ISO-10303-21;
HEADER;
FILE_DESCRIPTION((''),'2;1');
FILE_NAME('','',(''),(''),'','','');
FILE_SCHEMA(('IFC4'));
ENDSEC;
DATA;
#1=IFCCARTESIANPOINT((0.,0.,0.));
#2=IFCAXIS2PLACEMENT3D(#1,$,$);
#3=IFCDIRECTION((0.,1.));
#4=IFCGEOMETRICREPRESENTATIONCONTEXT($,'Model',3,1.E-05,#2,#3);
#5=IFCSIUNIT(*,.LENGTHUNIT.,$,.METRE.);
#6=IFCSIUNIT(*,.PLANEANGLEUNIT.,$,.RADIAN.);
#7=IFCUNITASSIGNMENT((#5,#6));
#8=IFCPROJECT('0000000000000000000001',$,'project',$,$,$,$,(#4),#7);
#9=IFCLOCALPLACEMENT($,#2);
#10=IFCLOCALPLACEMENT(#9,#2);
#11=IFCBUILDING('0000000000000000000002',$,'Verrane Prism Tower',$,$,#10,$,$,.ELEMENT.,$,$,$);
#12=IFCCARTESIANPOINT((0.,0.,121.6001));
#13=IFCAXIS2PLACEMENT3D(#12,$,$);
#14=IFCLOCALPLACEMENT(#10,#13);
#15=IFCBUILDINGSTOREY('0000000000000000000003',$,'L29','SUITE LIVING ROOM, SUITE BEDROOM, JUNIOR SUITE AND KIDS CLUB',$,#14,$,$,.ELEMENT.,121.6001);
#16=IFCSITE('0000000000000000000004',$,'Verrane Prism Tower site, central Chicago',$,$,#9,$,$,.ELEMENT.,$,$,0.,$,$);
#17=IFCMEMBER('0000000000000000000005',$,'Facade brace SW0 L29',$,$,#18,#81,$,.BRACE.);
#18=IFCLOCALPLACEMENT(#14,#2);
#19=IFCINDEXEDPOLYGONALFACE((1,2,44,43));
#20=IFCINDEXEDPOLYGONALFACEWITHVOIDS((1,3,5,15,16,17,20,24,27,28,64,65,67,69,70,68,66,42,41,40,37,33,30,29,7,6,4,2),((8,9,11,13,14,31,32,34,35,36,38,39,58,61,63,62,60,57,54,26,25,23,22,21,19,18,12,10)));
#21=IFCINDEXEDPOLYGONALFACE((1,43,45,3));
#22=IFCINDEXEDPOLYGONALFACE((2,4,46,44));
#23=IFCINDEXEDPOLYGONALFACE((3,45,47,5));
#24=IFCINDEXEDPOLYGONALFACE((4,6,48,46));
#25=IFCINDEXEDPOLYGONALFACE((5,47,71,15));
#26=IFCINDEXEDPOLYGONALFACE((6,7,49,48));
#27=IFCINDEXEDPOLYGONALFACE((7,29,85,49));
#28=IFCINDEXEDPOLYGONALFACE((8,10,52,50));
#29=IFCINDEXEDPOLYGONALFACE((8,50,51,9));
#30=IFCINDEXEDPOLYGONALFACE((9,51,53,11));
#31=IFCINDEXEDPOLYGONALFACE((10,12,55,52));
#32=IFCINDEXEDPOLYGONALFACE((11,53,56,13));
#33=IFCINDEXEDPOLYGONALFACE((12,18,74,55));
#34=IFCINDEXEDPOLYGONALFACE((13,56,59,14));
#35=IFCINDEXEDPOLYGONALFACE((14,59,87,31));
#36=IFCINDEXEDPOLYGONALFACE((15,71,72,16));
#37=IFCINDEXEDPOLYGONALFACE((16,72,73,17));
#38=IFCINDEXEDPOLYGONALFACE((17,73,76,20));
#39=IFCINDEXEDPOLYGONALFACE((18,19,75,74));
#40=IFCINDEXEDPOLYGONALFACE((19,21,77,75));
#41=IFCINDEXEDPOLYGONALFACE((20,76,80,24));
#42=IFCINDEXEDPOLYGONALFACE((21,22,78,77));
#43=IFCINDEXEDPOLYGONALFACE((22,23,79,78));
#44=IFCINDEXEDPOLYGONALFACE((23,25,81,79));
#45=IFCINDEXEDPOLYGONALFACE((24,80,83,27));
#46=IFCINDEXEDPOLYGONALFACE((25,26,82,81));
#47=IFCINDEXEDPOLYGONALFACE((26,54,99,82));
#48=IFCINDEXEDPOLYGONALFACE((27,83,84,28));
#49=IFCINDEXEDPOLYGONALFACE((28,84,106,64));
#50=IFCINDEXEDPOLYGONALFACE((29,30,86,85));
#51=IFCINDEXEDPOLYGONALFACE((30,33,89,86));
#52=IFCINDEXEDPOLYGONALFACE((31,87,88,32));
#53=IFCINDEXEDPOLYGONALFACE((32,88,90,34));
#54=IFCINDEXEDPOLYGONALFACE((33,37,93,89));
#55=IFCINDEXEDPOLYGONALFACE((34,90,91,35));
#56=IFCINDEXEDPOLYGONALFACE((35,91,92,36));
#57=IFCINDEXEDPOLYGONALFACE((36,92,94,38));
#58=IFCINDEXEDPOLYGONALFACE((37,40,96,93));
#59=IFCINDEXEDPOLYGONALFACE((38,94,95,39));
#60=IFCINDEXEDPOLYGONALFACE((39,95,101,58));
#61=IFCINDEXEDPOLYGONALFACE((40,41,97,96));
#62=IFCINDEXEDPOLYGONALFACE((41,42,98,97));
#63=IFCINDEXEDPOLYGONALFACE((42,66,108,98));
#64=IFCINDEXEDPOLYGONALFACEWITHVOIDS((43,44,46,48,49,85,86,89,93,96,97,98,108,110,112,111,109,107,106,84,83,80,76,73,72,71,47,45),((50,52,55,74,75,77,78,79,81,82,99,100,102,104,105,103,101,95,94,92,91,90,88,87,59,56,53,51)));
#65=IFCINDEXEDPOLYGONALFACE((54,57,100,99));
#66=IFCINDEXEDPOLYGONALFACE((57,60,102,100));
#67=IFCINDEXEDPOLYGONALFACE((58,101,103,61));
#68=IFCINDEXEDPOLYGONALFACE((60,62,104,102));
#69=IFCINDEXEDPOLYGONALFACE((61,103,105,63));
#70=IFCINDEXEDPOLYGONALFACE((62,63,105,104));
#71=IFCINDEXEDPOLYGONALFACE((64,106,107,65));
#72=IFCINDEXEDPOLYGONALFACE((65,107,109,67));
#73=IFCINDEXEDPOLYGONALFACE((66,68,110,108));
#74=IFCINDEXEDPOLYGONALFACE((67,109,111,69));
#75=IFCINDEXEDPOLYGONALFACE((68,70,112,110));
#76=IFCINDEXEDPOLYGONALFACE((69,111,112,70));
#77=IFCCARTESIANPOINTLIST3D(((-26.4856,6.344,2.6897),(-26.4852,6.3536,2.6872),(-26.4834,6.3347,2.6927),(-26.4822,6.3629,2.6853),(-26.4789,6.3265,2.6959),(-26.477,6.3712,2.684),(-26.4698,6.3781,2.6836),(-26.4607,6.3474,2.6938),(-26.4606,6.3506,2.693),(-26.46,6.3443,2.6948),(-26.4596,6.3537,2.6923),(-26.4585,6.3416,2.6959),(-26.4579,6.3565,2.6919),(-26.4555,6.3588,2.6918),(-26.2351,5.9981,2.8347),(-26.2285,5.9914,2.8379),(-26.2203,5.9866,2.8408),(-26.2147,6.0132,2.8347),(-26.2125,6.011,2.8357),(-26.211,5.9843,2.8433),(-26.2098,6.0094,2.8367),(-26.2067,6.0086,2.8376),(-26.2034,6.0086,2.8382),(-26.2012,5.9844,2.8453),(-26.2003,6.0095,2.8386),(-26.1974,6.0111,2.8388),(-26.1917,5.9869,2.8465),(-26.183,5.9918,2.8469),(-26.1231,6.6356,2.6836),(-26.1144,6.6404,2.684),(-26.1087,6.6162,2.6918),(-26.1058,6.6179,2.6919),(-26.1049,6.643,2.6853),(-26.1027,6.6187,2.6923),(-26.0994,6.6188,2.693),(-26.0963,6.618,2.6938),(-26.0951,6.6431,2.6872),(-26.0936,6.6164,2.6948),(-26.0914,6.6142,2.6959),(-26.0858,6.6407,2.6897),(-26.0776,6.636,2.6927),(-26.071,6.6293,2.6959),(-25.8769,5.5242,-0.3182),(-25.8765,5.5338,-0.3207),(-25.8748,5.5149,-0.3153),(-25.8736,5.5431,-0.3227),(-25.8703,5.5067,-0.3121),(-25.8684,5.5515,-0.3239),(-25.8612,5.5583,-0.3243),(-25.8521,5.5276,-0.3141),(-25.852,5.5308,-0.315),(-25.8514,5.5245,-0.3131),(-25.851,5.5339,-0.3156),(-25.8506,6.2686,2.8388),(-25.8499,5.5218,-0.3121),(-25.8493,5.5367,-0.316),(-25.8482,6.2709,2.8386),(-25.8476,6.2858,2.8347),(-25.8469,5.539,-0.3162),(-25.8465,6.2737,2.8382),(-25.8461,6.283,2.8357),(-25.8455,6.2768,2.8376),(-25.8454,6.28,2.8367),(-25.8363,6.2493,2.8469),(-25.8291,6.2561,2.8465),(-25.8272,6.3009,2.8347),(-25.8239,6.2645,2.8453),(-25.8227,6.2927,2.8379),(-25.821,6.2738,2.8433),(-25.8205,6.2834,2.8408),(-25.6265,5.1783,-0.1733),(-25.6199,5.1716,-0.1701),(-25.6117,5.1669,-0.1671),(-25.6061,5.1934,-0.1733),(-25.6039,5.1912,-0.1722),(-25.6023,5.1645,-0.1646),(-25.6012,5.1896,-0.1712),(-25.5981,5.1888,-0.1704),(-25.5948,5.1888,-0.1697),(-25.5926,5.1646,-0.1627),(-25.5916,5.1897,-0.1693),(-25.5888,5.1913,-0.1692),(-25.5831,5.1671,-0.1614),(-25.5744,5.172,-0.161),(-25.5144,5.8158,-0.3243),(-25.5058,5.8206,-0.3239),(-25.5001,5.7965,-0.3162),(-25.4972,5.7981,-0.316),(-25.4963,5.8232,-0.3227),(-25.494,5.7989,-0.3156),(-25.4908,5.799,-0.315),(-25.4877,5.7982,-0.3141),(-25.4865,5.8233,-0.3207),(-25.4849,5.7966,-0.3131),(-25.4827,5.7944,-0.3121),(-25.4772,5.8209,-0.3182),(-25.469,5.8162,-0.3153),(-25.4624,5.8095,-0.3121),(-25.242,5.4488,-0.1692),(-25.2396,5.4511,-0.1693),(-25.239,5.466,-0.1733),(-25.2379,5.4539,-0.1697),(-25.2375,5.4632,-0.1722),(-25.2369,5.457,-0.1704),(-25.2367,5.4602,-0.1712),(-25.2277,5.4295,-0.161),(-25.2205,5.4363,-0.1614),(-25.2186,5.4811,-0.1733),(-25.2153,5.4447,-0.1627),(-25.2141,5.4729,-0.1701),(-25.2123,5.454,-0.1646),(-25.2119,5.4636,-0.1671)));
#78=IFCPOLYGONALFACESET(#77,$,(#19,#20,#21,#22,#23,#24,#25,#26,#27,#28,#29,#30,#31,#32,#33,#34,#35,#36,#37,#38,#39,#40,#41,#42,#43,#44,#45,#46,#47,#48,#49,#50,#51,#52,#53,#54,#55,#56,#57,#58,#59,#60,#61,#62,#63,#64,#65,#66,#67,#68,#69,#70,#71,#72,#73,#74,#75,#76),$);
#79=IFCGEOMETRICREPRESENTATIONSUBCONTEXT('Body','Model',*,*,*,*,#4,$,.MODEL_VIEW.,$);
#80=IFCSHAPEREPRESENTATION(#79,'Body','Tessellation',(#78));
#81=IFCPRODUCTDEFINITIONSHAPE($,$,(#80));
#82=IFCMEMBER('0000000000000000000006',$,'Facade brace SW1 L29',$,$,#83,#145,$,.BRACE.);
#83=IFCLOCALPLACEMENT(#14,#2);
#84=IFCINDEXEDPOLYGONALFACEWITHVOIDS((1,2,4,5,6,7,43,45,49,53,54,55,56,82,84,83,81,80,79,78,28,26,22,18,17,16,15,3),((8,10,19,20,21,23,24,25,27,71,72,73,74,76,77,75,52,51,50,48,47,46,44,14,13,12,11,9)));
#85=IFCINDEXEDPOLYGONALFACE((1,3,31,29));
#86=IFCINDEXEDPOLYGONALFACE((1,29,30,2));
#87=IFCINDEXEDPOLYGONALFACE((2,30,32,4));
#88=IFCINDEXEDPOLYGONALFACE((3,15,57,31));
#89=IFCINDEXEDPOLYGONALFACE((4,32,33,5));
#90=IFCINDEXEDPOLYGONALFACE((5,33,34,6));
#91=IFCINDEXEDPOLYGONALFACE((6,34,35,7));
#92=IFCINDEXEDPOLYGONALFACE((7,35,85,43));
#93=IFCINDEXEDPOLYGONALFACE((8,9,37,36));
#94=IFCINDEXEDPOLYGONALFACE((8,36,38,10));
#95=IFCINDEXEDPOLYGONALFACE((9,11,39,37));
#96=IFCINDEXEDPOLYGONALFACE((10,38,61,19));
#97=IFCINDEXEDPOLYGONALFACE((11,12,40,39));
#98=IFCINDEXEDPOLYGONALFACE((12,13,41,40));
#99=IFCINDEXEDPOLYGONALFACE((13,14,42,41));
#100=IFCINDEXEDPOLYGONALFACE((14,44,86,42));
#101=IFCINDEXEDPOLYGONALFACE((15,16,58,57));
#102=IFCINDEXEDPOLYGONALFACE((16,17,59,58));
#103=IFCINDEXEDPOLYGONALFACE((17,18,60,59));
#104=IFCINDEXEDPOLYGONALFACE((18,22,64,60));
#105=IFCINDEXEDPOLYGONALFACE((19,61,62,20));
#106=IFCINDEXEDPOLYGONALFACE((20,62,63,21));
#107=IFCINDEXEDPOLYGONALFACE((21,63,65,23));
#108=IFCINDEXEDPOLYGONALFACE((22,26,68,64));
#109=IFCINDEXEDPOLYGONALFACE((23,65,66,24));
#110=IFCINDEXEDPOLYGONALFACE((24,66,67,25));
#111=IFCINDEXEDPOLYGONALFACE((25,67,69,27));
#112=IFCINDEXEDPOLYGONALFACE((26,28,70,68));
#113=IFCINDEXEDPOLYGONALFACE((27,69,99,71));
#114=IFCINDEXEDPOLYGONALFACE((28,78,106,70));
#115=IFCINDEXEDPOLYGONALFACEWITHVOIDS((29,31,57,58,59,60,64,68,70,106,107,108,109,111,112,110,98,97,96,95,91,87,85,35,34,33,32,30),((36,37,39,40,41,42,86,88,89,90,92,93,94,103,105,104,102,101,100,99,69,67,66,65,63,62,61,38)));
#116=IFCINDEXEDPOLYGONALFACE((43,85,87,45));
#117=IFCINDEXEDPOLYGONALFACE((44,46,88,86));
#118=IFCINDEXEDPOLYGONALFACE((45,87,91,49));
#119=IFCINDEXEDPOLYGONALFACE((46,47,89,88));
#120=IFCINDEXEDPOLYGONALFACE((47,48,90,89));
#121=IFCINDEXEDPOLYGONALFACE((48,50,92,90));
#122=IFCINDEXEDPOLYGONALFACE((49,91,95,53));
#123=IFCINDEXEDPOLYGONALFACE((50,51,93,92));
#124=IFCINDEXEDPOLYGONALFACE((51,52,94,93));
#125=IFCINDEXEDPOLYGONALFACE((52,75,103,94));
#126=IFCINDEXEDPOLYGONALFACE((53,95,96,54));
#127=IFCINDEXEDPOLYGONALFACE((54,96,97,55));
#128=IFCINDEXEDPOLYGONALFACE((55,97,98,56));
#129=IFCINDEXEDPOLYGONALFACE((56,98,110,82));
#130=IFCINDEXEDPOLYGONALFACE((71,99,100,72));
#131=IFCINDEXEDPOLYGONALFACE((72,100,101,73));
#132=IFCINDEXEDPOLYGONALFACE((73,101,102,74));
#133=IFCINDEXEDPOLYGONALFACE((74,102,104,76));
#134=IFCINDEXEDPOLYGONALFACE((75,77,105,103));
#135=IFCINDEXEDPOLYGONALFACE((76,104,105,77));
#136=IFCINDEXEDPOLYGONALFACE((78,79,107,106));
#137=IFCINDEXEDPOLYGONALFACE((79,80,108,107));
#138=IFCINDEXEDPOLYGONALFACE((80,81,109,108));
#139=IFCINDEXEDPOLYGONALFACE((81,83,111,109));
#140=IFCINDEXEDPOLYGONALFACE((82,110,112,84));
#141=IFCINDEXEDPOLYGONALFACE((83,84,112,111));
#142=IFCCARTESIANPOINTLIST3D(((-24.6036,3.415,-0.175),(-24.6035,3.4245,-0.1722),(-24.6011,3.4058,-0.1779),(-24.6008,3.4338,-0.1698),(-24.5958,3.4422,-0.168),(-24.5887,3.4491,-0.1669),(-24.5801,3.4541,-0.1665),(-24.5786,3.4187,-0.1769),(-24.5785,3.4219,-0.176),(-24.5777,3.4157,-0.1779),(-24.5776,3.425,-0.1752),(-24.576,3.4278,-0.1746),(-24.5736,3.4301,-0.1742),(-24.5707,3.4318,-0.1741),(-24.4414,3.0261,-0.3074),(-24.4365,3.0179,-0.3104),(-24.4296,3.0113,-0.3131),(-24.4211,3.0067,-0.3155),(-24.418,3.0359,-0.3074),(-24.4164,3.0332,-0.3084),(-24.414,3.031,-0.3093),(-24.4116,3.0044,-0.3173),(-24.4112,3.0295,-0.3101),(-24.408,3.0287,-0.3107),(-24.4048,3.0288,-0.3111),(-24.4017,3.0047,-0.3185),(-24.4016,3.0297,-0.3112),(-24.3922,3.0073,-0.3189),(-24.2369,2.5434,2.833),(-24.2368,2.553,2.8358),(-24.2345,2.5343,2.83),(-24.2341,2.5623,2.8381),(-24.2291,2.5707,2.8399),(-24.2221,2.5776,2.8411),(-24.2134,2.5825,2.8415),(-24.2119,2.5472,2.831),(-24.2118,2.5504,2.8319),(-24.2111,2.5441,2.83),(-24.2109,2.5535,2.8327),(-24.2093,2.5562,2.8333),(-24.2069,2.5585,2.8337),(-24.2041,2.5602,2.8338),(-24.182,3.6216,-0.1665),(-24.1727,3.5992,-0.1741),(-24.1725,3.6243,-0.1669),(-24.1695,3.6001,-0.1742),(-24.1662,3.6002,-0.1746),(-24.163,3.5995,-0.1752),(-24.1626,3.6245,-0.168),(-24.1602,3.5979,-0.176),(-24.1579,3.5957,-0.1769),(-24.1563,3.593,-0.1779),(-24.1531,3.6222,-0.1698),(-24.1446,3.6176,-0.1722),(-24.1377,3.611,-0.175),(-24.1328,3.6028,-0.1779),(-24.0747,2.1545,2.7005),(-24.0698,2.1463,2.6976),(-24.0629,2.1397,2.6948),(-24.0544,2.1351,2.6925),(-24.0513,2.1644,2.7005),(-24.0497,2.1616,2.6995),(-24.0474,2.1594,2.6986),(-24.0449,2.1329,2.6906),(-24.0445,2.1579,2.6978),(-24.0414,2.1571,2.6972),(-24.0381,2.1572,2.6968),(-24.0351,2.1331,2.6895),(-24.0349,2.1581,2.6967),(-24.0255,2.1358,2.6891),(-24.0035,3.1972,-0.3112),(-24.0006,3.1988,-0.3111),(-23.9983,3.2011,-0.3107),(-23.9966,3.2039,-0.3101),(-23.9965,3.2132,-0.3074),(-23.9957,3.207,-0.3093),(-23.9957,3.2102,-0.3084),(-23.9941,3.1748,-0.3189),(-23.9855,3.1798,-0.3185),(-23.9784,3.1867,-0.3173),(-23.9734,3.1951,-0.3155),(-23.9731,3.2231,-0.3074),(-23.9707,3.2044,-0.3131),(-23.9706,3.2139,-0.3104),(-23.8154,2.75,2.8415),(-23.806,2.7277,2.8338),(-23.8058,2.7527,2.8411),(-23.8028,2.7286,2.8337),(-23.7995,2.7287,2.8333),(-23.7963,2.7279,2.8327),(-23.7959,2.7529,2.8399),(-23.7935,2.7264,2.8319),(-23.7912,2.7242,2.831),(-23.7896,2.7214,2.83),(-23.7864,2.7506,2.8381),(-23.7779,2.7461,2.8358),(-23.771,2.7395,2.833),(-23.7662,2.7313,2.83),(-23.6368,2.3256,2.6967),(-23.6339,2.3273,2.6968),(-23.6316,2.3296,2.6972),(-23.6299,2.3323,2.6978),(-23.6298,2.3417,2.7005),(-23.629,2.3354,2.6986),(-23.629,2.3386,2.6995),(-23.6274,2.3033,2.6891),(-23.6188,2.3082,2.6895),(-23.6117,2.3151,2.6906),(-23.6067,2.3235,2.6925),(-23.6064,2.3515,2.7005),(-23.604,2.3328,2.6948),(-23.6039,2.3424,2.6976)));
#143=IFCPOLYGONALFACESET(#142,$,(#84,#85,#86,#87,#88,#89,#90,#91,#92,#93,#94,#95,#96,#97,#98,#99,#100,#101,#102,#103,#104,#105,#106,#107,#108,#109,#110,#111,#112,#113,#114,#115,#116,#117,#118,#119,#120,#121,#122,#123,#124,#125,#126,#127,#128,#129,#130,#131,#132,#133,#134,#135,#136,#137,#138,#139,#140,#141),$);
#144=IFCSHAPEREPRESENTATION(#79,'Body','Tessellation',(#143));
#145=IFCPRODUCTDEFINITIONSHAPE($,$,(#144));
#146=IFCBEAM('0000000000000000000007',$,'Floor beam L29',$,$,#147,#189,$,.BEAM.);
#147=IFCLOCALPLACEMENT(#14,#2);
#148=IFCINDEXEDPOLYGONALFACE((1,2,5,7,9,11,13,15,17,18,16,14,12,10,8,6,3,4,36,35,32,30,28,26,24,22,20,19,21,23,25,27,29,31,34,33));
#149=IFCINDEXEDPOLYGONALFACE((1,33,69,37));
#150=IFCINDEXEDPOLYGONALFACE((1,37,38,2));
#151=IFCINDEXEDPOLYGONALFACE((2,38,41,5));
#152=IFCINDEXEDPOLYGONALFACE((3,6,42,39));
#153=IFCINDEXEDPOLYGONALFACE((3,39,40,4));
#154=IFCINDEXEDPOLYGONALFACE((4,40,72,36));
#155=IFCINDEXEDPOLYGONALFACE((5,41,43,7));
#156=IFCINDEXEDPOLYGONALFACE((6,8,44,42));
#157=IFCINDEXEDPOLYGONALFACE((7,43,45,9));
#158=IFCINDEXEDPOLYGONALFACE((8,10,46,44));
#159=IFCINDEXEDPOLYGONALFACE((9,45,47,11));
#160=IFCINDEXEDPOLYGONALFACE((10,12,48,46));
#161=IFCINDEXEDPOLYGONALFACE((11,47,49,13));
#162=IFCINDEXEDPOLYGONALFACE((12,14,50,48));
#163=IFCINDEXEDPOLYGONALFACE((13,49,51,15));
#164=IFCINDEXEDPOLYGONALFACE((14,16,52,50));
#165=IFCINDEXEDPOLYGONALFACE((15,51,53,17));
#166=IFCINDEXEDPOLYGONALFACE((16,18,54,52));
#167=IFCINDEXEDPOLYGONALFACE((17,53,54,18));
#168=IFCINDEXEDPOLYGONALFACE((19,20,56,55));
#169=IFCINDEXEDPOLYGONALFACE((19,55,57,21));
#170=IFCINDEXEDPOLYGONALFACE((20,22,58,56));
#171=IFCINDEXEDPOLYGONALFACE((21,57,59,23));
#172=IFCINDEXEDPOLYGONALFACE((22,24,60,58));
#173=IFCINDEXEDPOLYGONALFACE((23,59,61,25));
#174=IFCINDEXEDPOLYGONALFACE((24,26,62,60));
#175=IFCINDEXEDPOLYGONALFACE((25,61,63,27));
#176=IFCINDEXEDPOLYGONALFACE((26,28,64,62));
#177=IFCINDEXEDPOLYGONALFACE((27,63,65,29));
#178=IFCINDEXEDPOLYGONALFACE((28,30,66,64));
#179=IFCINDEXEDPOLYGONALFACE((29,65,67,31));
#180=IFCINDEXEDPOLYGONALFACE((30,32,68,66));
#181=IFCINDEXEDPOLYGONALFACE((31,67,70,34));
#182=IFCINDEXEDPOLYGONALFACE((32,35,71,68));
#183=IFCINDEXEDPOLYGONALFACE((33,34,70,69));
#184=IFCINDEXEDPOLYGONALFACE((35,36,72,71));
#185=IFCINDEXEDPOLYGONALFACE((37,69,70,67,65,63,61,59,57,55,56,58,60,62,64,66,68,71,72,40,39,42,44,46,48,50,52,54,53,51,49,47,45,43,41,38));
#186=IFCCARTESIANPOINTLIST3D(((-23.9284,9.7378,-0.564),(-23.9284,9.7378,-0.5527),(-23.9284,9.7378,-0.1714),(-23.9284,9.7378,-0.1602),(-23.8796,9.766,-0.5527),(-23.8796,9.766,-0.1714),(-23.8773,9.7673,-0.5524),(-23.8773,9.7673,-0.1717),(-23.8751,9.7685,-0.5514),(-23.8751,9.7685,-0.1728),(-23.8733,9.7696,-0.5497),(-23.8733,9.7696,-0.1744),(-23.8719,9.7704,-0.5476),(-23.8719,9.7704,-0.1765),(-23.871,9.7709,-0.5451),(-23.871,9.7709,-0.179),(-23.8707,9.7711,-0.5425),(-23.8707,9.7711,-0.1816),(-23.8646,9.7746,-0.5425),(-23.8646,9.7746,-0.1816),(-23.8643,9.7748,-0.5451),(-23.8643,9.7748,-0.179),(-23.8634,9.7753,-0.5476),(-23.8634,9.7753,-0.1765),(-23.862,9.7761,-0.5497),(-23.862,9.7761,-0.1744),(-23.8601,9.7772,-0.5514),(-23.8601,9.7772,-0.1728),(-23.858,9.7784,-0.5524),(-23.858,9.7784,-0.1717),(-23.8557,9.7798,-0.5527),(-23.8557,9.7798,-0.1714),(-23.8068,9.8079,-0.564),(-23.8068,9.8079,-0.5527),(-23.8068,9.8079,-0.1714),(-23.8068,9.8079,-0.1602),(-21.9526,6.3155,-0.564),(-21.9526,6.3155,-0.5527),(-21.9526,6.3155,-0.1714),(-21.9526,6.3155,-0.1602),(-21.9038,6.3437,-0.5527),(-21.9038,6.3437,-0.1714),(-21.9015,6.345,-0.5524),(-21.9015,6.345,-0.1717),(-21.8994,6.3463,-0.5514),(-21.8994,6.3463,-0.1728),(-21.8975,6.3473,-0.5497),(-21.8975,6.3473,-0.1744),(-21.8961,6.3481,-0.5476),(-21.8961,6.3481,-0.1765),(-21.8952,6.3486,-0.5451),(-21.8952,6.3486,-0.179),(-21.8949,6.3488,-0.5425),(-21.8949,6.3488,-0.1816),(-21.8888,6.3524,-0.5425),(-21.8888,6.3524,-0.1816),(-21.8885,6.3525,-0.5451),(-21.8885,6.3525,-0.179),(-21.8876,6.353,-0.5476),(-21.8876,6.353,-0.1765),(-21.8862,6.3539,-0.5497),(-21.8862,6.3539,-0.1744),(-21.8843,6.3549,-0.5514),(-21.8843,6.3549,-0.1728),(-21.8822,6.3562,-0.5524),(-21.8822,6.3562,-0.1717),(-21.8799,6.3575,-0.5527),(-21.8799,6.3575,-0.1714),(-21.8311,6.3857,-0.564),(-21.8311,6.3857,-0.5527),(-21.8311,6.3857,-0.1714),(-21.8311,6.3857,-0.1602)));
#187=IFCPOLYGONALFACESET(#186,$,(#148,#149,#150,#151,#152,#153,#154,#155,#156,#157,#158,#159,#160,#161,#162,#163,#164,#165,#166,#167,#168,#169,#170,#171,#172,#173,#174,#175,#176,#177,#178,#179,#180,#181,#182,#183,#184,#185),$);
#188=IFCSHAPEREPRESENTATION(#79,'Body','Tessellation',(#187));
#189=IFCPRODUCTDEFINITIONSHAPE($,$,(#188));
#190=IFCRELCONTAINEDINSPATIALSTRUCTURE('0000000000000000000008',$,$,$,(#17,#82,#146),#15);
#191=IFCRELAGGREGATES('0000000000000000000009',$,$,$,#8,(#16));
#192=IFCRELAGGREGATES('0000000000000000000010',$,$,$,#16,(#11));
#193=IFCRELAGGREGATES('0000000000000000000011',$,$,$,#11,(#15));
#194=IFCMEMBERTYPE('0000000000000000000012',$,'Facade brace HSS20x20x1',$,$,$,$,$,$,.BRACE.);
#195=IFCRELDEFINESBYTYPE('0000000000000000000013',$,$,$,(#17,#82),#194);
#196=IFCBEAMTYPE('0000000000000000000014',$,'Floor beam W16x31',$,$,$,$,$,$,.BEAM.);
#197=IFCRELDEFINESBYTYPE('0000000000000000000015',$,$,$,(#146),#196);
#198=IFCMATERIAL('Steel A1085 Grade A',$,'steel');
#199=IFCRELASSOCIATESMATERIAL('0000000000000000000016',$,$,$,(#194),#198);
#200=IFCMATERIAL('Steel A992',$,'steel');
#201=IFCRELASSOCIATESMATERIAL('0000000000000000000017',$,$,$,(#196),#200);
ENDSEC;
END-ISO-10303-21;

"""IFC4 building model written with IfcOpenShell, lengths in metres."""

from ifc_helpers import new_model, si_unit, direction, frame, origin, origin_2d, place, context, subcontext, project, spatial, hollow_rectangle, i_section, extrude, material, material_profile, profile_set, type_object, element, save


model = new_model("IFC4")

# Units and contexts
model_context = context("Model", 3, precision=1e-05, world=origin(), true_north=direction((0.0, 1.0)))
body_context = subcontext(model_context, "Body", "Model", "MODEL_VIEW")
ifc_project = project(units=[si_unit("LENGTHUNIT", "METRE"), si_unit("PLANEANGLEUNIT", "RADIAN")], contexts=[model_context])

# Site, building, storey
site_placement = place(None, origin())
site = spatial("IfcSite", under=ifc_project, at=site_placement, Name="Verrane Prism Tower site, central Chicago", CompositionType="ELEMENT", RefElevation=0.0)
building_placement = place(site_placement, origin())
building = spatial("IfcBuilding", under=site, at=building_placement, Name="Verrane Prism Tower", CompositionType="ELEMENT")
storey_placement = place(building_placement, frame((0.0, 0.0, 121.6001)))
storey = spatial("IfcBuildingStorey", under=building, at=storey_placement, Name="L29", Description="SUITE LIVING ROOM, SUITE BEDROOM, JUNIOR SUITE AND KIDS CLUB", CompositionType="ELEMENT", Elevation=121.6001)

# Members
ifc_material_1 = material(Name="Steel A1085 Grade A", Category="steel")
ifc_material_profile_1 = material_profile(ifc_material_1, hollow_rectangle(XDim=0.5081, YDim=0.5081, WallThickness=0.0254, InnerFilletRadius=0.0127, OuterFilletRadius=0.0381, at=origin_2d()), Name="HSS20x20x1")
ifc_profile_set_1 = profile_set([ifc_material_profile_1], Name="Steel A1085 Grade A")
member_type_1 = type_object("IfcMemberType", Name="Facade brace HSS20x20x1", PredefinedType="BRACE", material=ifc_profile_set_1)
member_1_placement = place(storey_placement, frame((-25.5444, 5.4939, -0.2427), z_axis=(-0.1916, 0.25808, 0.946934), x_axis=(-0.802917, -0.596091, 0.0)))
element("IfcMember", 1, at=member_1_placement, inside=storey, type_object=member_type_1, Name="Facade brace SW0 L29", PredefinedType="BRACE", context=body_context, shape_type="SweptSolid", body=[
    extrude(hollow_rectangle(XDim=0.5081, YDim=0.5081, WallThickness=0.0254, InnerFilletRadius=0.0127, OuterFilletRadius=0.0381, at=origin_2d()), origin(), (0.0, 0.0, 1.0), 3.1765),
])
member_2_placement = place(storey_placement, frame((-24.2871, 3.3145, -0.2427), z_axis=(0.116295, -0.276414, 0.953976), x_axis=(0.921742, 0.387803, 0.0)))
element("IfcMember", 2, at=member_2_placement, inside=storey, type_object=member_type_1, Name="Facade brace SW1 L29", PredefinedType="BRACE", context=body_context, shape_type="SweptSolid", body=[
    extrude(hollow_rectangle(XDim=0.5081, YDim=0.5081, WallThickness=0.0254, InnerFilletRadius=0.0127, OuterFilletRadius=0.0381, at=origin_2d()), origin(), (0.0, 0.0, 1.0), 3.1531),
])

# Beam
ifc_material_2 = material(Name="Steel A992", Category="steel")
ifc_material_profile_2 = material_profile(ifc_material_2, i_section(OverallWidth=0.1404, OverallDepth=0.4038, WebThickness=0.0071, FlangeThickness=0.0112, FilletRadius=0.0103, at=origin_2d()), Name="W16x31")
ifc_profile_set_2 = profile_set([ifc_material_profile_2], Name="Steel A992")
beam_type_1 = type_object("IfcBeamType", Name="Floor beam W16x31", PredefinedType="BEAM", material=ifc_profile_set_2)
beam_1_placement = place(storey_placement, frame((-21.8918, 6.3506, -0.3621), z_axis=(-0.499986, 0.866033, 0.0), x_axis=(-0.866033, -0.499986, 0.0)))
element("IfcBeam", 3, at=beam_1_placement, inside=storey, type_object=beam_type_1, Name="Floor beam L29", PredefinedType="BEAM", context=body_context, shape_type="SweptSolid", body=[
    extrude(i_section(OverallWidth=0.1404, OverallDepth=0.4038, WebThickness=0.0071, FlangeThickness=0.0112, FilletRadius=0.0103, at=origin_2d()), origin(), (0.0, 0.0, 1.0), 3.9517),
])

save(model, "model.ifc")
